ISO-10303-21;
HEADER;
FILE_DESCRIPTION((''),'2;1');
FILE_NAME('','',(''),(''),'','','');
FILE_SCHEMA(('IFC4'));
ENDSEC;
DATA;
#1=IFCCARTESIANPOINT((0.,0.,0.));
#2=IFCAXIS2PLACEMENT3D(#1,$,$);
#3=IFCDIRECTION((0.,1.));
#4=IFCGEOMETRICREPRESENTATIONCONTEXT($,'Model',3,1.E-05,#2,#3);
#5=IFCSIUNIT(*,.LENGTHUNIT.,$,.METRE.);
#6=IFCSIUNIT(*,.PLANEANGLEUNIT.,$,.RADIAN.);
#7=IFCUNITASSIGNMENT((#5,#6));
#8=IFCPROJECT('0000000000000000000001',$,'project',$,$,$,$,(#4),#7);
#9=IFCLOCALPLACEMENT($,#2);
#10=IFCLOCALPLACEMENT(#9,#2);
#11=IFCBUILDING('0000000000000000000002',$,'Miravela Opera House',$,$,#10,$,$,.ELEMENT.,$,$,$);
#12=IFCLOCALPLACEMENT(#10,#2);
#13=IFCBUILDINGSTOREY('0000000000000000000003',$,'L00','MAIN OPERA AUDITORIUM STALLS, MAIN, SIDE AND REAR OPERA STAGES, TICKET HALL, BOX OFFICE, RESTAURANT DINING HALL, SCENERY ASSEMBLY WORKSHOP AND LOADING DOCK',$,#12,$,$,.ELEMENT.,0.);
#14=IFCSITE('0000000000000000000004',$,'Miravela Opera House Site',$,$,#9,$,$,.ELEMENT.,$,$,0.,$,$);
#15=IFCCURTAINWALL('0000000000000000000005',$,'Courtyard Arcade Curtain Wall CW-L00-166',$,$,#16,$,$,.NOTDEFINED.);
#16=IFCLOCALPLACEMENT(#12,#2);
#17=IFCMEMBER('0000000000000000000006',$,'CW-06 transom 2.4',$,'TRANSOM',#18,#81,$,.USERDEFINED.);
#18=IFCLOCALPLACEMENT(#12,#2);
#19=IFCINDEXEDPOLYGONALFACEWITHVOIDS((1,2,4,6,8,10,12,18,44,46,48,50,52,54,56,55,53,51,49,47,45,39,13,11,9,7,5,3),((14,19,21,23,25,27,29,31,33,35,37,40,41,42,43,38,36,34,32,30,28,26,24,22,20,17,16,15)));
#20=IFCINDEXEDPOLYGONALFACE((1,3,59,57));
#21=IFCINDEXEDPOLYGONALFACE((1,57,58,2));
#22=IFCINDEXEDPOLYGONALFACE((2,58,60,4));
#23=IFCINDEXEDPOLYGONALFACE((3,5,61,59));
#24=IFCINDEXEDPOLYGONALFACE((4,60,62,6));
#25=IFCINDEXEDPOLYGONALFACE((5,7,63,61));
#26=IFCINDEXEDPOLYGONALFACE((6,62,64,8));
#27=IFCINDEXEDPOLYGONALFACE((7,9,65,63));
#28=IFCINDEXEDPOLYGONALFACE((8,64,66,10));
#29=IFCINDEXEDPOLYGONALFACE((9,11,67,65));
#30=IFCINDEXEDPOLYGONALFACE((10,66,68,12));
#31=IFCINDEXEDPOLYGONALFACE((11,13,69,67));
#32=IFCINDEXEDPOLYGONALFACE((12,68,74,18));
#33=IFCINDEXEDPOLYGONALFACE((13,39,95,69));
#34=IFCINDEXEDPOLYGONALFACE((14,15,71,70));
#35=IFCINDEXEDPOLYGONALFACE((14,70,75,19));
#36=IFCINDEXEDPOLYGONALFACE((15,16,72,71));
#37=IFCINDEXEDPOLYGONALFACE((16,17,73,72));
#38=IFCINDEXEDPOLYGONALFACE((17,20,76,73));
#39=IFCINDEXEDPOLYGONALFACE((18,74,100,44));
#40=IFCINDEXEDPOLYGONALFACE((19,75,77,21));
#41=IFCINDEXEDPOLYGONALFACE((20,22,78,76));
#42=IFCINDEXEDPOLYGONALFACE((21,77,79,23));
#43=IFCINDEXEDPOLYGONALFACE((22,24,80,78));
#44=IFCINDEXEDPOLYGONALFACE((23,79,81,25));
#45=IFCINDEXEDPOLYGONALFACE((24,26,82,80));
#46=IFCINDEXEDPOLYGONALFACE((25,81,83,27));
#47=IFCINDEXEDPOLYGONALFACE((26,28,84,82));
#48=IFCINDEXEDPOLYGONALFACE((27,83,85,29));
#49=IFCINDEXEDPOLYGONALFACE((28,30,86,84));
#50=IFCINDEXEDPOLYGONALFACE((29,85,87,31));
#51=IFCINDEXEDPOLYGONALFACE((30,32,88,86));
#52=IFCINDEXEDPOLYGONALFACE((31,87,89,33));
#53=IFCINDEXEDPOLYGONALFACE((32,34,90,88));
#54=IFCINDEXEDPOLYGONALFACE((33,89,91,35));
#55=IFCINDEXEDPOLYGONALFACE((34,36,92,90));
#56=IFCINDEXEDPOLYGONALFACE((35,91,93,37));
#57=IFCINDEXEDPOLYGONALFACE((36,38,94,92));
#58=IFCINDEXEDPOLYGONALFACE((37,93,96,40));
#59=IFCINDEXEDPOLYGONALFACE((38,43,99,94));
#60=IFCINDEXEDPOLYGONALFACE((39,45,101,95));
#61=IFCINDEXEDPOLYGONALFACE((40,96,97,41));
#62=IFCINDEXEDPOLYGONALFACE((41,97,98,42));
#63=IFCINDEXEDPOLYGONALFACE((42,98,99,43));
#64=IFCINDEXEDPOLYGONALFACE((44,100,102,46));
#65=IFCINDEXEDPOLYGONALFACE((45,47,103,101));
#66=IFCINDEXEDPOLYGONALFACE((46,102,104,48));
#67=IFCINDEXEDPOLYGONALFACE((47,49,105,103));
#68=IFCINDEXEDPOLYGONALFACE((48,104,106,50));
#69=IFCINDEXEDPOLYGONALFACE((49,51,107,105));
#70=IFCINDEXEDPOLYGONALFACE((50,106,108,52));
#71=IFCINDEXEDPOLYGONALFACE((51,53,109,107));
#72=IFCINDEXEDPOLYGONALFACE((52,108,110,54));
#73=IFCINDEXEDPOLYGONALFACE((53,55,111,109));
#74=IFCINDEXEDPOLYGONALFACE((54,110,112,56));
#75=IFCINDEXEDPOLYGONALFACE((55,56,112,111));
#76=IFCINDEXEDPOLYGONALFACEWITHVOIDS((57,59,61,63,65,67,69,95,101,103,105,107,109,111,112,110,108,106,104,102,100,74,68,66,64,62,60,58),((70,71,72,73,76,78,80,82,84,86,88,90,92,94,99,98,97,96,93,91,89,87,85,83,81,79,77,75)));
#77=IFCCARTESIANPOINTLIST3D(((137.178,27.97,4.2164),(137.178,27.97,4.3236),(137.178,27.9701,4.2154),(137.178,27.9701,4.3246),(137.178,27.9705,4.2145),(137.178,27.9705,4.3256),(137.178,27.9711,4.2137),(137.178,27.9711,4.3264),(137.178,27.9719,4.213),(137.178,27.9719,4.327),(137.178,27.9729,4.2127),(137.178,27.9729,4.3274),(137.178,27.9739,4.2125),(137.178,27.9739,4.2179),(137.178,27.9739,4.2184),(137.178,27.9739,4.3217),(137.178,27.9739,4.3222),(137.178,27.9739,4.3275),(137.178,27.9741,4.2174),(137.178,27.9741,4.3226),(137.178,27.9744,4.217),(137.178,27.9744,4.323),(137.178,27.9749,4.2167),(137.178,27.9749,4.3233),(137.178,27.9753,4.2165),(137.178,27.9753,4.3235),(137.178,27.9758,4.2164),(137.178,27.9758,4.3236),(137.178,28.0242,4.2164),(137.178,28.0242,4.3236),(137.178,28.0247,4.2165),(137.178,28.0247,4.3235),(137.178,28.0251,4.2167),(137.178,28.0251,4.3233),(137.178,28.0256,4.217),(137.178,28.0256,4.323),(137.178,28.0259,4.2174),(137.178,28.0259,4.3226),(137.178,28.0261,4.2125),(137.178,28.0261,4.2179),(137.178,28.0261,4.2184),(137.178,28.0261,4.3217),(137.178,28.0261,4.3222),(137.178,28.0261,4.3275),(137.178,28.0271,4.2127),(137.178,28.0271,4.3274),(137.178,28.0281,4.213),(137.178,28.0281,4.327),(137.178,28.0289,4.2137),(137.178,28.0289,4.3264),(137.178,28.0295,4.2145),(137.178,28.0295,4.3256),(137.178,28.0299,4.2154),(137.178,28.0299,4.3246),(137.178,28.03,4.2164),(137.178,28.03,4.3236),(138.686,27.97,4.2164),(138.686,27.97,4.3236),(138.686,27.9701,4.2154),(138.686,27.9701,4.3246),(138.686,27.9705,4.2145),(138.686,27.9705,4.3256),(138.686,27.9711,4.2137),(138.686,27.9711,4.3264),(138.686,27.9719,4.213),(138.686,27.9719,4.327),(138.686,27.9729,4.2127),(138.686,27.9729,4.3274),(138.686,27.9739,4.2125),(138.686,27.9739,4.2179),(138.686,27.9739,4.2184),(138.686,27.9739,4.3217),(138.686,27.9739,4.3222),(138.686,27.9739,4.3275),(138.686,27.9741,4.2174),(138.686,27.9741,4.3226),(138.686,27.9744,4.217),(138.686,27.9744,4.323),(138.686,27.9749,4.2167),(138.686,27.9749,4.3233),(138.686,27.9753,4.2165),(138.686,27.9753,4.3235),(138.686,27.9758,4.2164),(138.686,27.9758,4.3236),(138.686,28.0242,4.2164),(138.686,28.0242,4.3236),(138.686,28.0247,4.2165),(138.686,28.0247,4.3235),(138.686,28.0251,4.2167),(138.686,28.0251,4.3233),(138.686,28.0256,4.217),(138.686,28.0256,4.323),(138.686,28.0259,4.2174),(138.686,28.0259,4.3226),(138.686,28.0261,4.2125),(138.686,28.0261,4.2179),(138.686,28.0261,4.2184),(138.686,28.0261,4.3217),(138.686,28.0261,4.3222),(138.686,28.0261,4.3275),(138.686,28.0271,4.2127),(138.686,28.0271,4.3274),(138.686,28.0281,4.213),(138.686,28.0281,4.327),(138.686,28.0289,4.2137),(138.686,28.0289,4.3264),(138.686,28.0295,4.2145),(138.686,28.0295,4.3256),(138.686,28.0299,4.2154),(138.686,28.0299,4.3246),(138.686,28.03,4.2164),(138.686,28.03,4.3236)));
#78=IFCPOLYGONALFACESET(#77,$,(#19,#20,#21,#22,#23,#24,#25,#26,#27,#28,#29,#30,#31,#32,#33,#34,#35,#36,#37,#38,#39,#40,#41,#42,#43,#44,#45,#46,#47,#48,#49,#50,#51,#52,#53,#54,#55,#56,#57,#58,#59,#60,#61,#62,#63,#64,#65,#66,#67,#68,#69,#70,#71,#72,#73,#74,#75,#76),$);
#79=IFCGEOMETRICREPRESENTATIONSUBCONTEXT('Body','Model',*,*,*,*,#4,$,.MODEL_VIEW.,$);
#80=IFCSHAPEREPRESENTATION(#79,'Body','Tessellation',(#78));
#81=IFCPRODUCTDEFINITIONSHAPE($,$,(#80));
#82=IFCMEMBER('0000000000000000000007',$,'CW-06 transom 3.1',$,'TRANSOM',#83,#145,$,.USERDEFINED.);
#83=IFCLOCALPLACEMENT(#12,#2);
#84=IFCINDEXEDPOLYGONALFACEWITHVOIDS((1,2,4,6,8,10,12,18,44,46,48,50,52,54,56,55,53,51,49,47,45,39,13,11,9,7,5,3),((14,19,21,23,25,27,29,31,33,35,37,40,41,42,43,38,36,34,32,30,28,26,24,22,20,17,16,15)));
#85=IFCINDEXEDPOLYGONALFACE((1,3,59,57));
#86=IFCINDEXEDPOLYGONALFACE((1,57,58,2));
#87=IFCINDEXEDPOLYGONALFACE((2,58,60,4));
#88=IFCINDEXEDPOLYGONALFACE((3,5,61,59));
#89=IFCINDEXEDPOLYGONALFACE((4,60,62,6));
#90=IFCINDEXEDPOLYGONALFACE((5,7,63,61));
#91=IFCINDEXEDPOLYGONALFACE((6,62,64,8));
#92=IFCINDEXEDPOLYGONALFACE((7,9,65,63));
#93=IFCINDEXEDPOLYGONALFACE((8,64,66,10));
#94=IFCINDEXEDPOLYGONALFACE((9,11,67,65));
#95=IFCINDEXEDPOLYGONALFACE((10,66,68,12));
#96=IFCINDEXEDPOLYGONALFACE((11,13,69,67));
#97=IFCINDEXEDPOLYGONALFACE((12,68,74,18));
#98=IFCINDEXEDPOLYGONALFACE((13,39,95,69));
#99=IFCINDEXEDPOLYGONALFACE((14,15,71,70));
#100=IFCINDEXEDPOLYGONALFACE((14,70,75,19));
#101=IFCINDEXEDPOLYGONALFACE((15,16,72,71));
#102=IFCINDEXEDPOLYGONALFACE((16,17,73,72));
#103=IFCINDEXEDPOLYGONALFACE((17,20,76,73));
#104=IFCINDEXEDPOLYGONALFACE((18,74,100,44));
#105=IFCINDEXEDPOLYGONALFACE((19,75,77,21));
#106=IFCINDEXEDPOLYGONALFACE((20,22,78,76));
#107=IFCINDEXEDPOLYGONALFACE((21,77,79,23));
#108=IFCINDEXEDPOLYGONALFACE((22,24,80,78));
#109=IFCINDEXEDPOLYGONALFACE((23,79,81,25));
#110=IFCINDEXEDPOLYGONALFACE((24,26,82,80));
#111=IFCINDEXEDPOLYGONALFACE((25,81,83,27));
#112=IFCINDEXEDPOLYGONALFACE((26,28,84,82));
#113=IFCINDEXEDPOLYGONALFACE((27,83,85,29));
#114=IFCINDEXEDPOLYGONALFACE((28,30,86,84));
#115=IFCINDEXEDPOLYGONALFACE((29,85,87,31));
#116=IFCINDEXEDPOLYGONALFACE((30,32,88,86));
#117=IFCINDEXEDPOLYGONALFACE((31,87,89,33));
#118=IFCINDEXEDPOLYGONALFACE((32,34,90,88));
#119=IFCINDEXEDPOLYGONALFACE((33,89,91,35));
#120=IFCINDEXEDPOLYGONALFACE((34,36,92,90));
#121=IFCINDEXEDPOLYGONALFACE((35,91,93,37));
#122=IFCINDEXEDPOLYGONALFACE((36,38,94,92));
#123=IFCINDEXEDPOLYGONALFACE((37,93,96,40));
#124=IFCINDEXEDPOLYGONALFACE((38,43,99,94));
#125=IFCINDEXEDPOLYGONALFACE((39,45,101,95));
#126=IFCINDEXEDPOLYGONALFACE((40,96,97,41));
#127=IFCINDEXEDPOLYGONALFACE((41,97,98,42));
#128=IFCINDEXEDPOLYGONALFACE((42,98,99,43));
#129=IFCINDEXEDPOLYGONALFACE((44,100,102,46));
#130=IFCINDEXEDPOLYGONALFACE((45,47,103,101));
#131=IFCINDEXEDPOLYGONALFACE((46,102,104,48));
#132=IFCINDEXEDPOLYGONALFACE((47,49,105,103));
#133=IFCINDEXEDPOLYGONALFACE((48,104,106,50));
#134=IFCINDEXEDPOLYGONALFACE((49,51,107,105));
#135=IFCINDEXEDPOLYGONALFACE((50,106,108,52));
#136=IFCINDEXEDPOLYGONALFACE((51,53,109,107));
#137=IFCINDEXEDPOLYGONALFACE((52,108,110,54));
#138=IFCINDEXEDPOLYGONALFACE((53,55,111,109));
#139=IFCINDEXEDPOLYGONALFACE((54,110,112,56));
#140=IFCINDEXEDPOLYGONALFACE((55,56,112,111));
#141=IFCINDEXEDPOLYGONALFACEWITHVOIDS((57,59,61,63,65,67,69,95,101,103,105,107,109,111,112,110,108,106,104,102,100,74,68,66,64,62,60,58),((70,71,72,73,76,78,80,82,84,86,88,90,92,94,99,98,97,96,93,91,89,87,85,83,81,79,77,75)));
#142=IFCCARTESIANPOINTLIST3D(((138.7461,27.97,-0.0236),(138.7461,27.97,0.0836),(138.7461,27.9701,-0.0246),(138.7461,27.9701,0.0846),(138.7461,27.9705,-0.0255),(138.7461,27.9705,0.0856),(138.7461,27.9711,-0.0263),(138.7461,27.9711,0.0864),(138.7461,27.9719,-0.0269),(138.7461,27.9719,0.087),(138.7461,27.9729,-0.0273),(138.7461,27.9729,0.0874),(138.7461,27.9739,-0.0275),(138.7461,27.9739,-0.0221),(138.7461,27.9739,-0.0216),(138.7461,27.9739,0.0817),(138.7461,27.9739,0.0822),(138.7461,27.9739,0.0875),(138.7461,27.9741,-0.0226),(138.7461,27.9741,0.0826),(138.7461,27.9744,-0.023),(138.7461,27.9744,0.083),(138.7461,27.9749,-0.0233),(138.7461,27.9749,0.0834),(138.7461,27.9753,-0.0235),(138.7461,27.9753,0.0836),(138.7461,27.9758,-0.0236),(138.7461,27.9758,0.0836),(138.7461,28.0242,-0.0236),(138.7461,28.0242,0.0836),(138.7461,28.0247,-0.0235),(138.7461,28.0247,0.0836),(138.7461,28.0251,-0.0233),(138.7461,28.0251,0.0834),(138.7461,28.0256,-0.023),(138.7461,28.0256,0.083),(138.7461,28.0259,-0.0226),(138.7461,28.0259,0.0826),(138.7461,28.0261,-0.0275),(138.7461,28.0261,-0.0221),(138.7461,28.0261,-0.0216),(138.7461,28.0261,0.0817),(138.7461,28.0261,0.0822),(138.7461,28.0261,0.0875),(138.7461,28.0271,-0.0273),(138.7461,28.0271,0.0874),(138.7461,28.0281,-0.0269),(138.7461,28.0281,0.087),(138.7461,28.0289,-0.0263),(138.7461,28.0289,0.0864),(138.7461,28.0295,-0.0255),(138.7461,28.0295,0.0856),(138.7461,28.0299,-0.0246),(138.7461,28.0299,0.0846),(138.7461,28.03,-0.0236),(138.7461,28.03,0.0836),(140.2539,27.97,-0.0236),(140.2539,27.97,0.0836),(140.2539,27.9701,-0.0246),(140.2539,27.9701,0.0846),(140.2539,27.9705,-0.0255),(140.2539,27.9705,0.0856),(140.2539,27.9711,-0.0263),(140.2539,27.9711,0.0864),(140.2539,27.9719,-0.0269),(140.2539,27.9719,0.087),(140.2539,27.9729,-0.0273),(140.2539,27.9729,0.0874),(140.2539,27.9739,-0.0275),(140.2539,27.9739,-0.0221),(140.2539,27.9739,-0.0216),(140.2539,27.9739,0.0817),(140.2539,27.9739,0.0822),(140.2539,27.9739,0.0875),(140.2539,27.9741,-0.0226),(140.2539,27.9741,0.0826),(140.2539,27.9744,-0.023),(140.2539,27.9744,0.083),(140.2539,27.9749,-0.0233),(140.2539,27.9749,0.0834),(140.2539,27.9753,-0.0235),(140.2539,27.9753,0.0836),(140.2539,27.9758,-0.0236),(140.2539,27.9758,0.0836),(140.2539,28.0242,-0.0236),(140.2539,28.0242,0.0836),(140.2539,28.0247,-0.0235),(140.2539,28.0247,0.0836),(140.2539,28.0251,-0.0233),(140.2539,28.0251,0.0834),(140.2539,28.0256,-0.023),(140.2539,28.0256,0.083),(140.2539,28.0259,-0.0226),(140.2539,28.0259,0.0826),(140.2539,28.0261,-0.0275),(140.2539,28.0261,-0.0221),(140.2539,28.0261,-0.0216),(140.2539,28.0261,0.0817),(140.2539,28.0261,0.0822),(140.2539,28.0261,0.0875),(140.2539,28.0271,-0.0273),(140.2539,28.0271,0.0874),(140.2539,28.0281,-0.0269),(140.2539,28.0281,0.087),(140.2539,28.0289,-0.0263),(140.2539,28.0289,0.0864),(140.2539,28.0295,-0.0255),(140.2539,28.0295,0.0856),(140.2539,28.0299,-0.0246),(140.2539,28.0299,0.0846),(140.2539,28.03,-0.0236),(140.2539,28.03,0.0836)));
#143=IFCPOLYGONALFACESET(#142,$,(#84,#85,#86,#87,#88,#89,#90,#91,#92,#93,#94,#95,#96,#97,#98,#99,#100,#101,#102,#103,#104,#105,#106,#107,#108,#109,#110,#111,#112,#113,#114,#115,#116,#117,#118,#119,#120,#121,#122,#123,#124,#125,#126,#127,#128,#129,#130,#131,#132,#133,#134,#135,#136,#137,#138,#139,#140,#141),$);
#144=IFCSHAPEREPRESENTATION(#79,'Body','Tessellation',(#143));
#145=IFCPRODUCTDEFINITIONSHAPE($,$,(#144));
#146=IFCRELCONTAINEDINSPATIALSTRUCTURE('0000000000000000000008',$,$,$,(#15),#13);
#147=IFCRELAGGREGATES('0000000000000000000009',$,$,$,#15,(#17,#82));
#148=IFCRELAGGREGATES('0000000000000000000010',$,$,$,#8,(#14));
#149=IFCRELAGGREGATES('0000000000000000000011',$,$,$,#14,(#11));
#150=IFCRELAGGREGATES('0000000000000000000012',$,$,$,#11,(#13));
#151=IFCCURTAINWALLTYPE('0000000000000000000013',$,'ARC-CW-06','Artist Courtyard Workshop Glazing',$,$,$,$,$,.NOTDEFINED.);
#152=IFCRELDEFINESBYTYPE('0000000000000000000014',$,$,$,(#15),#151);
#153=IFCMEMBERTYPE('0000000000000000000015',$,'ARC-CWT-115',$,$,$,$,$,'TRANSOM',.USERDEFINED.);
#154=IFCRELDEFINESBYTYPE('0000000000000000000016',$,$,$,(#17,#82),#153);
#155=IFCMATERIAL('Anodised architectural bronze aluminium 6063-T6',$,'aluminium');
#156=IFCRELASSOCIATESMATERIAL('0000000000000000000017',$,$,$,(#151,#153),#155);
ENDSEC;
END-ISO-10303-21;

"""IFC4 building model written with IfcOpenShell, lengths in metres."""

from ifc_helpers import new_model, si_unit, direction, frame, origin, origin_2d, place, context, subcontext, project, spatial, hollow_rectangle, extrude, material, material_profile, profile_set, type_object, element, aggregate, save


model = new_model("IFC4")

# Units and contexts
model_context = context("Model", 3, precision=1e-05, world=origin(), true_north=direction((0.0, 1.0)))
body_context = subcontext(model_context, "Body", "Model", "MODEL_VIEW")
ifc_project = project(units=[si_unit("LENGTHUNIT", "METRE"), si_unit("PLANEANGLEUNIT", "RADIAN")], contexts=[model_context])

# Site, building, storey
site_placement = place(None, origin())
site = spatial("IfcSite", under=ifc_project, at=site_placement, Name="Miravela Opera House Site", CompositionType="ELEMENT", RefElevation=0.0)
building_placement = place(site_placement, origin())
building = spatial("IfcBuilding", under=site, at=building_placement, Name="Miravela Opera House", CompositionType="ELEMENT")
storey_placement = place(building_placement, origin())
storey = spatial("IfcBuildingStorey", under=building, at=storey_placement, Name="L00", Description="MAIN OPERA AUDITORIUM STALLS, MAIN, SIDE AND REAR OPERA STAGES, TICKET HALL, BOX OFFICE, RESTAURANT DINING HALL, SCENERY ASSEMBLY WORKSHOP AND LOADING DOCK", CompositionType="ELEMENT", Elevation=0.0)

# Curtain wall, members
ifc_material_1 = material(Name="Anodised architectural bronze aluminium 6063-T6", Category="aluminium")
curtain_wall_type = type_object("IfcCurtainWallType", Name="ARC-CW-06", Description="Artist Courtyard Workshop Glazing", PredefinedType="NOTDEFINED", material=ifc_material_1)
curtain_wall_placement = place(storey_placement, origin())
curtain_wall = element("IfcCurtainWall", 1, at=curtain_wall_placement, inside=storey, type_object=curtain_wall_type, Name="Courtyard Arcade Curtain Wall CW-L00-166", PredefinedType="NOTDEFINED")
ifc_material_profile_1 = material_profile(ifc_material_1, hollow_rectangle(XDim=0.0601, YDim=0.115, WallThickness=0.0039, InnerFilletRadius=0.002, OuterFilletRadius=0.0039, at=origin_2d()), Name="CWT-60X115")
ifc_profile_set_1 = profile_set([ifc_material_profile_1])
member_type_1 = type_object("IfcMemberType", Name="ARC-CWT-115", ElementType="TRANSOM", PredefinedType="USERDEFINED", material=ifc_profile_set_1)
member_1_placement = place(storey_placement, frame((137.178, 28.0, 4.27), z_axis=(1.0, 0.0, 0.0), x_axis=(0.0, 1.0, 0.0)))
member_1 = element("IfcMember", 2, at=member_1_placement, type_object=member_type_1, Name="CW-06 transom 2.4", ObjectType="TRANSOM", PredefinedType="USERDEFINED", context=body_context, shape_type="SweptSolid", body=[
    extrude(hollow_rectangle(XDim=0.0601, YDim=0.115, WallThickness=0.0039, InnerFilletRadius=0.002, OuterFilletRadius=0.0039, at=origin_2d()), origin(), (0.0, 0.0, 1.0), 1.5081),
])
member_2_placement = place(storey_placement, frame((138.7461, 28.0, 0.03), z_axis=(1.0, 0.0, 0.0), x_axis=(0.0, 1.0, 0.0)))
member_2 = element("IfcMember", 3, at=member_2_placement, type_object=member_type_1, Name="CW-06 transom 3.1", ObjectType="TRANSOM", PredefinedType="USERDEFINED", context=body_context, shape_type="SweptSolid", body=[
    extrude(hollow_rectangle(XDim=0.0601, YDim=0.115, WallThickness=0.0039, InnerFilletRadius=0.002, OuterFilletRadius=0.0039, at=origin_2d()), origin(), (0.0, 0.0, 1.0), 1.5078),
])
aggregate(curtain_wall, [member_1, member_2])

save(model, "model.ifc")
